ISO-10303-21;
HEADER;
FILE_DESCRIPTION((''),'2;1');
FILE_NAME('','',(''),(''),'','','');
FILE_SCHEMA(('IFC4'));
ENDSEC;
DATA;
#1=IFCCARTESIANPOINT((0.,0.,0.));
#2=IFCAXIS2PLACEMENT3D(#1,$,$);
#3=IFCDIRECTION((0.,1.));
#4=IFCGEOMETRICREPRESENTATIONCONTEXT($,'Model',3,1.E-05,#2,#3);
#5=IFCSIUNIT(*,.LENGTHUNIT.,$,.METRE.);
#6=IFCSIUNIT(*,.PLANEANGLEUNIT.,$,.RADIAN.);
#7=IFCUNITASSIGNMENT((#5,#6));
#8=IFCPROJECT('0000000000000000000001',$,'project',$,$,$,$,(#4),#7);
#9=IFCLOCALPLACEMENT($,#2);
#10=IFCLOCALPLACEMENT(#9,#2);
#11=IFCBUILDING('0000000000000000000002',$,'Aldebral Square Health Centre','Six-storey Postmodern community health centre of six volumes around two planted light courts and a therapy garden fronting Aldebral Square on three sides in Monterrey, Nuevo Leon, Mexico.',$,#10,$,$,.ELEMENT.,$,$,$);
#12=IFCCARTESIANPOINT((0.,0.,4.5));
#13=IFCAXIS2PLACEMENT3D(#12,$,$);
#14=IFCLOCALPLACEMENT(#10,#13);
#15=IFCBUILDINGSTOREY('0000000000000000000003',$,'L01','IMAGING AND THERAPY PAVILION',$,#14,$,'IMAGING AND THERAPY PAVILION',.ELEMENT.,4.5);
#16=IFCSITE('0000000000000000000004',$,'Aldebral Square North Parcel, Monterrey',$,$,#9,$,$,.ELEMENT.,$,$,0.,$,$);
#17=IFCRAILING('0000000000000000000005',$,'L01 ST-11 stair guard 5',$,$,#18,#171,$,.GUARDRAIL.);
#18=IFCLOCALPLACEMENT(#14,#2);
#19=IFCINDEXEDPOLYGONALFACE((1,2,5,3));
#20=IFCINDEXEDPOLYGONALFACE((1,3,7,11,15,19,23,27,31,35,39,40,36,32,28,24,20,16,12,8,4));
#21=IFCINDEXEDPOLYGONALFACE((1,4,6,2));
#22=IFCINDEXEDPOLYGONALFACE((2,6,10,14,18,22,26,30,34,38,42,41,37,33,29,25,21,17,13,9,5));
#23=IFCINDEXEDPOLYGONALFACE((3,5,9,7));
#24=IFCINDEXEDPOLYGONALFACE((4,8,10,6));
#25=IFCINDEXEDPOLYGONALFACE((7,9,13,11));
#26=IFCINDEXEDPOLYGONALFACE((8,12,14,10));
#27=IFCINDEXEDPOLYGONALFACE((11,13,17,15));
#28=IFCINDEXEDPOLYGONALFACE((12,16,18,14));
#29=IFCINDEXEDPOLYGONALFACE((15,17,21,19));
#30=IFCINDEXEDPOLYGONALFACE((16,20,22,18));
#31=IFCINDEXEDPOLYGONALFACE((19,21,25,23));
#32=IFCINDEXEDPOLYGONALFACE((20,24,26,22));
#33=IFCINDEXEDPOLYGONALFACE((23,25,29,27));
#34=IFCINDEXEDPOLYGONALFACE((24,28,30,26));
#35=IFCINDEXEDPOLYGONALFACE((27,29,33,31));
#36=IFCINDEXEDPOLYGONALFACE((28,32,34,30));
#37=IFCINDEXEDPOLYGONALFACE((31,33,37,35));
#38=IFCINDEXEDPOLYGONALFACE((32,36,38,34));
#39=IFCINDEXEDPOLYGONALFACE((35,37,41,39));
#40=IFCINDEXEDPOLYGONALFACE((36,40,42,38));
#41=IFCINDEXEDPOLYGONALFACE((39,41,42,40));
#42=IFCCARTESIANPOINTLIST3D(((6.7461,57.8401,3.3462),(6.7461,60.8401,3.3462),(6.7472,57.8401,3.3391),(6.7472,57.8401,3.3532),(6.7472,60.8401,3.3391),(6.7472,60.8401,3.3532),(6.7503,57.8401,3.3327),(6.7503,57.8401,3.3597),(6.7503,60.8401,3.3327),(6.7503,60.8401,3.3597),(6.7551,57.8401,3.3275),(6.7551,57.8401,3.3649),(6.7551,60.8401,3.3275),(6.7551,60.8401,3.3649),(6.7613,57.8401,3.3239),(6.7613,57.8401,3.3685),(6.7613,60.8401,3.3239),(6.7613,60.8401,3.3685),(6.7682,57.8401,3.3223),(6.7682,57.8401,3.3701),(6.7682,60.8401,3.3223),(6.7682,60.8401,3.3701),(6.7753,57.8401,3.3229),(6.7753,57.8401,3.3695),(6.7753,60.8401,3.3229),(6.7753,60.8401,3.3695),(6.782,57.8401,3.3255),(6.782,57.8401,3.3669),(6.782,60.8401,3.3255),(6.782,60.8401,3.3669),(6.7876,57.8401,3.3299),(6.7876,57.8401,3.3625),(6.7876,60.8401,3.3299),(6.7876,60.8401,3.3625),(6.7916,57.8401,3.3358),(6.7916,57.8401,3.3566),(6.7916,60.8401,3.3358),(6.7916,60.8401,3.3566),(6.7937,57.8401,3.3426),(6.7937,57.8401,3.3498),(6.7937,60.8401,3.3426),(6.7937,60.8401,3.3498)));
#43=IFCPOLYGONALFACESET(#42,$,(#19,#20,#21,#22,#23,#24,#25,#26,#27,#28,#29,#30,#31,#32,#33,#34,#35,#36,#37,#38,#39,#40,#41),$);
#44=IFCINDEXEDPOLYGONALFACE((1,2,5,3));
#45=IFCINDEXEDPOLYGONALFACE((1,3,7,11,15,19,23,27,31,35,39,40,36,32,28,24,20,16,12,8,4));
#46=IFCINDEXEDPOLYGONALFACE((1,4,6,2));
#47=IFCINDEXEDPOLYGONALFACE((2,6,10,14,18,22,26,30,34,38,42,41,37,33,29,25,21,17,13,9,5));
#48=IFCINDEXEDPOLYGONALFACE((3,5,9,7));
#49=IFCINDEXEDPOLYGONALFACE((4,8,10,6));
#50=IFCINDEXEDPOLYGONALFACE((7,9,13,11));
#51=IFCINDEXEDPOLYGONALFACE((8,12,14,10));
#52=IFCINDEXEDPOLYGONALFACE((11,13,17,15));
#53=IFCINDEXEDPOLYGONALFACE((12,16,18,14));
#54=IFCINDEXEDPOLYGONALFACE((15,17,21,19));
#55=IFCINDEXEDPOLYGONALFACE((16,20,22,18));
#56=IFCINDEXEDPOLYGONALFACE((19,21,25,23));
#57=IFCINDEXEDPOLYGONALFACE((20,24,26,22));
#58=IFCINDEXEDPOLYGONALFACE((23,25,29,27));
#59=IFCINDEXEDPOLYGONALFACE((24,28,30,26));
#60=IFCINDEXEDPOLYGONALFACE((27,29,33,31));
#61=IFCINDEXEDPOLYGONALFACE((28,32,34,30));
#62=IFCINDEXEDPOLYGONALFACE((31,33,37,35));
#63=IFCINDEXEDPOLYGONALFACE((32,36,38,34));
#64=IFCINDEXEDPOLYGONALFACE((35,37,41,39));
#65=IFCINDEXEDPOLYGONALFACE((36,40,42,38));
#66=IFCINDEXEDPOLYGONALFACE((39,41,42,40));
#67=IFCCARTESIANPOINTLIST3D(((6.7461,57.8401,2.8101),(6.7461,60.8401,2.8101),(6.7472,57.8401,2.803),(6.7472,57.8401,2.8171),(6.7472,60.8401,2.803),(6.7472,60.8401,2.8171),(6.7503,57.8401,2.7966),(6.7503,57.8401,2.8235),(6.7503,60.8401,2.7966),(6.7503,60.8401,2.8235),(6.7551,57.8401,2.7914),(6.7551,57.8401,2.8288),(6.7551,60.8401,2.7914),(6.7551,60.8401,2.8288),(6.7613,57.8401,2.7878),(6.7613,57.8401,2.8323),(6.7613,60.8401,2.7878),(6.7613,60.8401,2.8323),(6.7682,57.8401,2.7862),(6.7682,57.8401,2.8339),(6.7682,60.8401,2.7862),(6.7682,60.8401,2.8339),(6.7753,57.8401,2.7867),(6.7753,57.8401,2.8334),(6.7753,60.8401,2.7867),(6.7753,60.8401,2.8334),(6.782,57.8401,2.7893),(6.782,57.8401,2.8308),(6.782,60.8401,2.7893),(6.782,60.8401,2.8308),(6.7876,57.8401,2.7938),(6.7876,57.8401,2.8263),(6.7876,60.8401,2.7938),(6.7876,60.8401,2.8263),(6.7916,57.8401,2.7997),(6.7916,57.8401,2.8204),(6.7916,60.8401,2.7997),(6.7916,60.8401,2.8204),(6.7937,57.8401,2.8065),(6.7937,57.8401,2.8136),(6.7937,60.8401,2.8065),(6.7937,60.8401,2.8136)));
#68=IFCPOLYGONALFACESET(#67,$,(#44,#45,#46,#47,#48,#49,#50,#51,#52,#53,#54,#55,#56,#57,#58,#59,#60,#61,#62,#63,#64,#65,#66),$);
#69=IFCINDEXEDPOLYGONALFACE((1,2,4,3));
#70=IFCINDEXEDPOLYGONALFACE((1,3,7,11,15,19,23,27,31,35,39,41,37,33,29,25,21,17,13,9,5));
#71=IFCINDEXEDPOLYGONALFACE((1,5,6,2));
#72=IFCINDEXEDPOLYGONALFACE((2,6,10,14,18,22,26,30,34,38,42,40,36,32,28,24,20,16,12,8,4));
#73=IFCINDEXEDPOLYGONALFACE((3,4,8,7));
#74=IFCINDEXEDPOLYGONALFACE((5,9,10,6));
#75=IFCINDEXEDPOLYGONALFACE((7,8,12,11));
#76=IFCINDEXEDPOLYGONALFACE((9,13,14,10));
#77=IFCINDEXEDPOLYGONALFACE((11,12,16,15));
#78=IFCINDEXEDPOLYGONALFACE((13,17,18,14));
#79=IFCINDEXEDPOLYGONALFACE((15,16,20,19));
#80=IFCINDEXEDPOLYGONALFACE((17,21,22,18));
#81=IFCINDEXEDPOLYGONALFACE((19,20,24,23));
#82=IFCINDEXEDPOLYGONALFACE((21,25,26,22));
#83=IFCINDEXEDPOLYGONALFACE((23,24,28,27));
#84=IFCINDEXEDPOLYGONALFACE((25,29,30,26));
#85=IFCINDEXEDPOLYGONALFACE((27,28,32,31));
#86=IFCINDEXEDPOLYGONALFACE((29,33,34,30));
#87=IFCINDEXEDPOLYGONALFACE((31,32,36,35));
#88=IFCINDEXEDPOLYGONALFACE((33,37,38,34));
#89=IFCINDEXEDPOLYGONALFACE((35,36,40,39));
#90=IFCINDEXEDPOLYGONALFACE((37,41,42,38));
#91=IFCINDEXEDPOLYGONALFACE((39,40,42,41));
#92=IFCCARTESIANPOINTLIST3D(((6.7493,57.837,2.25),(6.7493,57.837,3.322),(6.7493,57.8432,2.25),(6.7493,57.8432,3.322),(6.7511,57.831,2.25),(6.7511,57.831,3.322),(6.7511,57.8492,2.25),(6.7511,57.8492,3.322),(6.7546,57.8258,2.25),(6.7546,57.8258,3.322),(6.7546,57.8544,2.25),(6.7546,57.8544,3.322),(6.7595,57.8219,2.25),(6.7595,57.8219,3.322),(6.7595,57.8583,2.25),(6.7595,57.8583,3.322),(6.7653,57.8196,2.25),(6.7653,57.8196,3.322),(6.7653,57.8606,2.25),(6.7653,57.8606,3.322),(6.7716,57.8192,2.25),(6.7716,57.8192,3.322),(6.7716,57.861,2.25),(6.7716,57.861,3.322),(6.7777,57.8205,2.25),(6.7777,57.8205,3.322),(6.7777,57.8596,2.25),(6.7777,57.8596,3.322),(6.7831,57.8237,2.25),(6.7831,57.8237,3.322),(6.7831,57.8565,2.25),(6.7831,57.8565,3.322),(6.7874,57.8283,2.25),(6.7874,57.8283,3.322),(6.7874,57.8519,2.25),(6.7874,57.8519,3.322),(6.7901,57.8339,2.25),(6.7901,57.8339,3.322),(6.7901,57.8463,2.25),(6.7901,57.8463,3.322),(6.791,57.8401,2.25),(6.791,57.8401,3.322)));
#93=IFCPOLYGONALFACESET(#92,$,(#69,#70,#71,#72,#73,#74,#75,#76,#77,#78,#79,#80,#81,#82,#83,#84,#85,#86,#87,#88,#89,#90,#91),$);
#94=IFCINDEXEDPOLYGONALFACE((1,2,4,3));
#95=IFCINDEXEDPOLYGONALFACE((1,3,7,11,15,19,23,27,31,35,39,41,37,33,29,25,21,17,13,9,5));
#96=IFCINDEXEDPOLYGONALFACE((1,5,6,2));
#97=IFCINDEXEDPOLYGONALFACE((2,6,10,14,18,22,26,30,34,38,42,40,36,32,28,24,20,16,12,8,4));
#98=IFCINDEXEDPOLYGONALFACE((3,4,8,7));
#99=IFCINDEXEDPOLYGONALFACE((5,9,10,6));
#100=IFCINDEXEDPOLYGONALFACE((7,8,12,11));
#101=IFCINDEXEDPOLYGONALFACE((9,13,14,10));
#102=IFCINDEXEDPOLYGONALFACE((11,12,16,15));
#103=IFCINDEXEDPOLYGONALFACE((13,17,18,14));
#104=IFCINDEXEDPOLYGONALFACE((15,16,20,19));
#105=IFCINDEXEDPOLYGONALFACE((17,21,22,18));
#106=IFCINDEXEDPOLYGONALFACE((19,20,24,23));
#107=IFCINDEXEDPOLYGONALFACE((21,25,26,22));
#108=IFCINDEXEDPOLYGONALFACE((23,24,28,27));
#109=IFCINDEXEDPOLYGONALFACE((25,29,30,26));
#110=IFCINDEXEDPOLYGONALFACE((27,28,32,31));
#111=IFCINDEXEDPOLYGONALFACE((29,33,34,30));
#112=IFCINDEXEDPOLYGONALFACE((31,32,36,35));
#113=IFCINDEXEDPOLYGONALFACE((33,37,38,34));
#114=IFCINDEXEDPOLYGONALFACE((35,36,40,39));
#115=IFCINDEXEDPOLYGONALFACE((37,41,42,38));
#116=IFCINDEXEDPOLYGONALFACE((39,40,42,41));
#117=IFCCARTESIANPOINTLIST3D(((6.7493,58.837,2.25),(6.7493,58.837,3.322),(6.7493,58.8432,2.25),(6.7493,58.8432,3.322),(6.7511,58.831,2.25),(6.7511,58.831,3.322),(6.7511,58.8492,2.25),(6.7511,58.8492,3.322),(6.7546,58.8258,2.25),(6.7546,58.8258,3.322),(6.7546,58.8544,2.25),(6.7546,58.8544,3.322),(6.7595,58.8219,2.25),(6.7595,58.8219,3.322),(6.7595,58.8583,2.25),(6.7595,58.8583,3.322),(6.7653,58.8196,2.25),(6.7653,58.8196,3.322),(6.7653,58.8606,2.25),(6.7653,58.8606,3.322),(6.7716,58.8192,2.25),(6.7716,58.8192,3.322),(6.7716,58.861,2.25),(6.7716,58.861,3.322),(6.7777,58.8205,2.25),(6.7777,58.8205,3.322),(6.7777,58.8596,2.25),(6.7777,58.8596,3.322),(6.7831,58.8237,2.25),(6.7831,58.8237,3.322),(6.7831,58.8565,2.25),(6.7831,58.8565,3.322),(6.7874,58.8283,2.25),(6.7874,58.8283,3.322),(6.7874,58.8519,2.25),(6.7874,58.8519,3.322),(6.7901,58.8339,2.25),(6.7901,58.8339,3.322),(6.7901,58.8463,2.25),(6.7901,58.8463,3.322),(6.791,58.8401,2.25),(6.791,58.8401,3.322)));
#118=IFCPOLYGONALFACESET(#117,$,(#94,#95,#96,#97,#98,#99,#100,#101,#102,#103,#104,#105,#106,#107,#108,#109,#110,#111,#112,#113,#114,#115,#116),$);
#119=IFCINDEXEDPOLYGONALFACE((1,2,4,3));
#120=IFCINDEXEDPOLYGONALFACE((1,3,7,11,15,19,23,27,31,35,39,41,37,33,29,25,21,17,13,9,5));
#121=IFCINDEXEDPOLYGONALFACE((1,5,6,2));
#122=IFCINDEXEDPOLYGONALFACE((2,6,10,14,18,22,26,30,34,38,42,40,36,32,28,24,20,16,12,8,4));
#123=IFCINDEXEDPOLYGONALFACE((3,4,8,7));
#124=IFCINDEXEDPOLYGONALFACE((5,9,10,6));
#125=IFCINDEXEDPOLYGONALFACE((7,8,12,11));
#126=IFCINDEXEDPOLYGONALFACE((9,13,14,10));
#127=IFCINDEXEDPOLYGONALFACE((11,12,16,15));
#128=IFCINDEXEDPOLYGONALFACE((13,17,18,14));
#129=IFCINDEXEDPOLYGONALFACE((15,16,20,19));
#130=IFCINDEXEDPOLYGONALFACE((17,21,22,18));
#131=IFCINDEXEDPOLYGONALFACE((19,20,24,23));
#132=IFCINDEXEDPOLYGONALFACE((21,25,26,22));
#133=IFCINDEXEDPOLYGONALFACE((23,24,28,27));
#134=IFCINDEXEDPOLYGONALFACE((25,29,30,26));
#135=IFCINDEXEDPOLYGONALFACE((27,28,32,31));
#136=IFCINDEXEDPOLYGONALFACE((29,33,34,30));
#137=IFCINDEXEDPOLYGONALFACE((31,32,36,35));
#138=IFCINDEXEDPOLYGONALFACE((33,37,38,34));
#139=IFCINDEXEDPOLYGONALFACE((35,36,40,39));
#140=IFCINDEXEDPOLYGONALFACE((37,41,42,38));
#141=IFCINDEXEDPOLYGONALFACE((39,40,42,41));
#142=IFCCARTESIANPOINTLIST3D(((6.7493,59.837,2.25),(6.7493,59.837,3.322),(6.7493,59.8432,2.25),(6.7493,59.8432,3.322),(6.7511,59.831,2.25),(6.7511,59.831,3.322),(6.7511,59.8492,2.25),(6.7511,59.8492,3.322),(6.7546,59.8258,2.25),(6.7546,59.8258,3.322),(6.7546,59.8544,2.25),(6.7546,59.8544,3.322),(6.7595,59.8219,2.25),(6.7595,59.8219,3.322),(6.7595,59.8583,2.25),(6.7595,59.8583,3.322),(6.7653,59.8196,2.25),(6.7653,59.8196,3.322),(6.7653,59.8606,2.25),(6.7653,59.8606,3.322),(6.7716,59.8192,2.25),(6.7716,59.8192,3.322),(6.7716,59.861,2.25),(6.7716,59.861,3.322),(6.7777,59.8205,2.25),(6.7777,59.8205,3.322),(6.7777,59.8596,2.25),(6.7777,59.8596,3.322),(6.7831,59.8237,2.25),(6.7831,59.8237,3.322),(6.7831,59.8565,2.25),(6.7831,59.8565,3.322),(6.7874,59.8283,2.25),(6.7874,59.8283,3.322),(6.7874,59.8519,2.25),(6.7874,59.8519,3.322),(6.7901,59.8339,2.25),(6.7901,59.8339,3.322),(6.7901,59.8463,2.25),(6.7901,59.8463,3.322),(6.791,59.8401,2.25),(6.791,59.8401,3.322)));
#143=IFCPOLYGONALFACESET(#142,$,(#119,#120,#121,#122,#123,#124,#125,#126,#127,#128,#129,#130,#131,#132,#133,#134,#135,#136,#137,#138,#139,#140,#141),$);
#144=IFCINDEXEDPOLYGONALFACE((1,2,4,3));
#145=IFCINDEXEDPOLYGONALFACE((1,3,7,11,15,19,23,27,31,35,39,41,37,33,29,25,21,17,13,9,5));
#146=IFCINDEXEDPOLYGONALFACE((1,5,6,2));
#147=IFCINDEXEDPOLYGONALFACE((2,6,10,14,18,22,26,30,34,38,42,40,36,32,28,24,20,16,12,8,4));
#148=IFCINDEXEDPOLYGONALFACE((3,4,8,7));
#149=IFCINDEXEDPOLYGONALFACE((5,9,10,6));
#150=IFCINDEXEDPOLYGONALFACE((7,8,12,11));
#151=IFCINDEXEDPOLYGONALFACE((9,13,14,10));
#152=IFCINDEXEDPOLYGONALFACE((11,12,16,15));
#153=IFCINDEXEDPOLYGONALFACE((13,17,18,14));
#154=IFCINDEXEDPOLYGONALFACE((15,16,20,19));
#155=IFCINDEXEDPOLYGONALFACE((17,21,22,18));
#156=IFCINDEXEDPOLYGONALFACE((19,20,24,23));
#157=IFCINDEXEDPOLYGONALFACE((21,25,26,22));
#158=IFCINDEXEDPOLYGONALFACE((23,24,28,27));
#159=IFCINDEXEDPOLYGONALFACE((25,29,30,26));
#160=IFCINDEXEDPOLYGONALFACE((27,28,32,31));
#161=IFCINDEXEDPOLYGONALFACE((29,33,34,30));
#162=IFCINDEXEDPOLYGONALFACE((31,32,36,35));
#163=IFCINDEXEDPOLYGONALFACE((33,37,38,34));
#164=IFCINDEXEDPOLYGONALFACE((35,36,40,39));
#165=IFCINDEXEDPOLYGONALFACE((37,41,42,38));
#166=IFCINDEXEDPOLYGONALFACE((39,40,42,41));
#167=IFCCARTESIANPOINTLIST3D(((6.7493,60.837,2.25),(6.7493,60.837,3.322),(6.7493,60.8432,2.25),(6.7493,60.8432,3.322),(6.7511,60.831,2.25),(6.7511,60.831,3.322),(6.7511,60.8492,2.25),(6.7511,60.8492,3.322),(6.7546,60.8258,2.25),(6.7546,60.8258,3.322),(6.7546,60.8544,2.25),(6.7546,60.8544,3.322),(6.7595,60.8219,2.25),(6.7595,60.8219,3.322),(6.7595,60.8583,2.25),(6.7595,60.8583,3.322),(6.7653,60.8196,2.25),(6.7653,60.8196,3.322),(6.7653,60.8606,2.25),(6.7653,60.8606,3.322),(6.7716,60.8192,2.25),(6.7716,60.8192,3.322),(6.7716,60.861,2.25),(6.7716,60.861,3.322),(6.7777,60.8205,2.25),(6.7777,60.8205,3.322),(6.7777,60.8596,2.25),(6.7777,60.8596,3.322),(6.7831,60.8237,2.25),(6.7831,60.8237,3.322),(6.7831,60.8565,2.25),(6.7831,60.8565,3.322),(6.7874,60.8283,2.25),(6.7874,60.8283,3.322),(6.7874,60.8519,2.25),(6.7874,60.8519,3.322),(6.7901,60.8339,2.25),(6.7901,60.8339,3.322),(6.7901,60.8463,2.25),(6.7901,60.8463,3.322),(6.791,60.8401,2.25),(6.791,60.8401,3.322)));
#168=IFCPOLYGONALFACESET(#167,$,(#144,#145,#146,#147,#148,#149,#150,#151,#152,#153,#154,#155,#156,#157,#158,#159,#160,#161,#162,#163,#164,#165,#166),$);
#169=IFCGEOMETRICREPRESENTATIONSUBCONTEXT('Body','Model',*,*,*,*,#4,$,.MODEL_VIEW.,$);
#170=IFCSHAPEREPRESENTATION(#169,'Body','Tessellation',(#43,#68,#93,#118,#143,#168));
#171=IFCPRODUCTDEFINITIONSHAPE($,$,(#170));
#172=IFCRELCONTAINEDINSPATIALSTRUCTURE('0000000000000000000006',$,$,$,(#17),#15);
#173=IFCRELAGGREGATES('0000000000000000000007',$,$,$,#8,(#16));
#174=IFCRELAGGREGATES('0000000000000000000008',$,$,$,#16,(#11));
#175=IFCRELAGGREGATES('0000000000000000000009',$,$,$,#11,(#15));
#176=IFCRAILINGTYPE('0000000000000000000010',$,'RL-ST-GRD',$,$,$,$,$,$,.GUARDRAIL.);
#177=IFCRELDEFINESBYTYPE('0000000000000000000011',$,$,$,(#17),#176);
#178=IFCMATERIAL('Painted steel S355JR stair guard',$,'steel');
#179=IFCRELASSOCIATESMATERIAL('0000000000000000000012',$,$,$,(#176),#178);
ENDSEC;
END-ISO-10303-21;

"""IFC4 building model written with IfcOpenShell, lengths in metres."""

from ifc_helpers import new_model, si_unit, direction, frame, origin, origin_2d, place, context, subcontext, project, spatial, circle, extrude, material, type_object, element, save


model = new_model("IFC4")

# Units and contexts
model_context = context("Model", 3, precision=1e-05, world=origin(), true_north=direction((0.0, 1.0)))
body_context = subcontext(model_context, "Body", "Model", "MODEL_VIEW")
ifc_project = project(units=[si_unit("LENGTHUNIT", "METRE"), si_unit("PLANEANGLEUNIT", "RADIAN")], contexts=[model_context])

# Site, building, storey
site_placement = place(None, origin())
site = spatial("IfcSite", under=ifc_project, at=site_placement, Name="Aldebral Square North Parcel, Monterrey", CompositionType="ELEMENT", RefElevation=0.0)
building_placement = place(site_placement, origin())
building = spatial("IfcBuilding", under=site, at=building_placement, Name="Aldebral Square Health Centre", Description="Six-storey Postmodern community health centre of six volumes around two planted light courts and a therapy garden fronting Aldebral Square on three sides in Monterrey, Nuevo Leon, Mexico.", CompositionType="ELEMENT")
storey_placement = place(building_placement, frame((0.0, 0.0, 4.5)))
storey = spatial("IfcBuildingStorey", under=building, at=storey_placement, Name="L01", Description="IMAGING AND THERAPY PAVILION", LongName="IMAGING AND THERAPY PAVILION", CompositionType="ELEMENT", Elevation=4.5)

# Railing
ifc_material_1 = material(Name="Painted steel S355JR stair guard", Category="steel")
railing_type_1 = type_object("IfcRailingType", Name="RL-ST-GRD", PredefinedType="GUARDRAIL", material=ifc_material_1)
railing_1_placement = place(storey_placement, frame((6.77, 57.8401, 2.25)))
element("IfcRailing", 1, at=railing_1_placement, inside=storey, type_object=railing_type_1, Name="L01 ST-11 stair guard 5", PredefinedType="GUARDRAIL", context=body_context, shape_type="SweptSolid", body=[
    extrude(circle(Radius=0.0239, at=origin_2d()), frame((0.0, 0.0, 1.0962), z_axis=(0.0, 1.0, 0.0), x_axis=(-1.0, 0.0, 0.0)), (0.0, 0.0, 1.0), 3.0),
    extrude(circle(Radius=0.0239, at=origin_2d()), frame((0.0, 0.0, 0.5601), z_axis=(0.0, 1.0, 0.0), x_axis=(-1.0, 0.0, 0.0)), (0.0, 0.0, 1.0), 3.0),
    extrude(circle(Radius=0.021, at=origin_2d()), origin(), (0.0, 0.0, 1.0), 1.072),
    extrude(circle(Radius=0.021, at=origin_2d()), frame((0.0, 1.0, 0.0)), (0.0, 0.0, 1.0), 1.072),
    extrude(circle(Radius=0.021, at=origin_2d()), frame((0.0, 2.0, 0.0)), (0.0, 0.0, 1.0), 1.072),
    extrude(circle(Radius=0.021, at=origin_2d()), frame((0.0, 3.0, 0.0)), (0.0, 0.0, 1.0), 1.072),
])

save(model, "model.ifc")
